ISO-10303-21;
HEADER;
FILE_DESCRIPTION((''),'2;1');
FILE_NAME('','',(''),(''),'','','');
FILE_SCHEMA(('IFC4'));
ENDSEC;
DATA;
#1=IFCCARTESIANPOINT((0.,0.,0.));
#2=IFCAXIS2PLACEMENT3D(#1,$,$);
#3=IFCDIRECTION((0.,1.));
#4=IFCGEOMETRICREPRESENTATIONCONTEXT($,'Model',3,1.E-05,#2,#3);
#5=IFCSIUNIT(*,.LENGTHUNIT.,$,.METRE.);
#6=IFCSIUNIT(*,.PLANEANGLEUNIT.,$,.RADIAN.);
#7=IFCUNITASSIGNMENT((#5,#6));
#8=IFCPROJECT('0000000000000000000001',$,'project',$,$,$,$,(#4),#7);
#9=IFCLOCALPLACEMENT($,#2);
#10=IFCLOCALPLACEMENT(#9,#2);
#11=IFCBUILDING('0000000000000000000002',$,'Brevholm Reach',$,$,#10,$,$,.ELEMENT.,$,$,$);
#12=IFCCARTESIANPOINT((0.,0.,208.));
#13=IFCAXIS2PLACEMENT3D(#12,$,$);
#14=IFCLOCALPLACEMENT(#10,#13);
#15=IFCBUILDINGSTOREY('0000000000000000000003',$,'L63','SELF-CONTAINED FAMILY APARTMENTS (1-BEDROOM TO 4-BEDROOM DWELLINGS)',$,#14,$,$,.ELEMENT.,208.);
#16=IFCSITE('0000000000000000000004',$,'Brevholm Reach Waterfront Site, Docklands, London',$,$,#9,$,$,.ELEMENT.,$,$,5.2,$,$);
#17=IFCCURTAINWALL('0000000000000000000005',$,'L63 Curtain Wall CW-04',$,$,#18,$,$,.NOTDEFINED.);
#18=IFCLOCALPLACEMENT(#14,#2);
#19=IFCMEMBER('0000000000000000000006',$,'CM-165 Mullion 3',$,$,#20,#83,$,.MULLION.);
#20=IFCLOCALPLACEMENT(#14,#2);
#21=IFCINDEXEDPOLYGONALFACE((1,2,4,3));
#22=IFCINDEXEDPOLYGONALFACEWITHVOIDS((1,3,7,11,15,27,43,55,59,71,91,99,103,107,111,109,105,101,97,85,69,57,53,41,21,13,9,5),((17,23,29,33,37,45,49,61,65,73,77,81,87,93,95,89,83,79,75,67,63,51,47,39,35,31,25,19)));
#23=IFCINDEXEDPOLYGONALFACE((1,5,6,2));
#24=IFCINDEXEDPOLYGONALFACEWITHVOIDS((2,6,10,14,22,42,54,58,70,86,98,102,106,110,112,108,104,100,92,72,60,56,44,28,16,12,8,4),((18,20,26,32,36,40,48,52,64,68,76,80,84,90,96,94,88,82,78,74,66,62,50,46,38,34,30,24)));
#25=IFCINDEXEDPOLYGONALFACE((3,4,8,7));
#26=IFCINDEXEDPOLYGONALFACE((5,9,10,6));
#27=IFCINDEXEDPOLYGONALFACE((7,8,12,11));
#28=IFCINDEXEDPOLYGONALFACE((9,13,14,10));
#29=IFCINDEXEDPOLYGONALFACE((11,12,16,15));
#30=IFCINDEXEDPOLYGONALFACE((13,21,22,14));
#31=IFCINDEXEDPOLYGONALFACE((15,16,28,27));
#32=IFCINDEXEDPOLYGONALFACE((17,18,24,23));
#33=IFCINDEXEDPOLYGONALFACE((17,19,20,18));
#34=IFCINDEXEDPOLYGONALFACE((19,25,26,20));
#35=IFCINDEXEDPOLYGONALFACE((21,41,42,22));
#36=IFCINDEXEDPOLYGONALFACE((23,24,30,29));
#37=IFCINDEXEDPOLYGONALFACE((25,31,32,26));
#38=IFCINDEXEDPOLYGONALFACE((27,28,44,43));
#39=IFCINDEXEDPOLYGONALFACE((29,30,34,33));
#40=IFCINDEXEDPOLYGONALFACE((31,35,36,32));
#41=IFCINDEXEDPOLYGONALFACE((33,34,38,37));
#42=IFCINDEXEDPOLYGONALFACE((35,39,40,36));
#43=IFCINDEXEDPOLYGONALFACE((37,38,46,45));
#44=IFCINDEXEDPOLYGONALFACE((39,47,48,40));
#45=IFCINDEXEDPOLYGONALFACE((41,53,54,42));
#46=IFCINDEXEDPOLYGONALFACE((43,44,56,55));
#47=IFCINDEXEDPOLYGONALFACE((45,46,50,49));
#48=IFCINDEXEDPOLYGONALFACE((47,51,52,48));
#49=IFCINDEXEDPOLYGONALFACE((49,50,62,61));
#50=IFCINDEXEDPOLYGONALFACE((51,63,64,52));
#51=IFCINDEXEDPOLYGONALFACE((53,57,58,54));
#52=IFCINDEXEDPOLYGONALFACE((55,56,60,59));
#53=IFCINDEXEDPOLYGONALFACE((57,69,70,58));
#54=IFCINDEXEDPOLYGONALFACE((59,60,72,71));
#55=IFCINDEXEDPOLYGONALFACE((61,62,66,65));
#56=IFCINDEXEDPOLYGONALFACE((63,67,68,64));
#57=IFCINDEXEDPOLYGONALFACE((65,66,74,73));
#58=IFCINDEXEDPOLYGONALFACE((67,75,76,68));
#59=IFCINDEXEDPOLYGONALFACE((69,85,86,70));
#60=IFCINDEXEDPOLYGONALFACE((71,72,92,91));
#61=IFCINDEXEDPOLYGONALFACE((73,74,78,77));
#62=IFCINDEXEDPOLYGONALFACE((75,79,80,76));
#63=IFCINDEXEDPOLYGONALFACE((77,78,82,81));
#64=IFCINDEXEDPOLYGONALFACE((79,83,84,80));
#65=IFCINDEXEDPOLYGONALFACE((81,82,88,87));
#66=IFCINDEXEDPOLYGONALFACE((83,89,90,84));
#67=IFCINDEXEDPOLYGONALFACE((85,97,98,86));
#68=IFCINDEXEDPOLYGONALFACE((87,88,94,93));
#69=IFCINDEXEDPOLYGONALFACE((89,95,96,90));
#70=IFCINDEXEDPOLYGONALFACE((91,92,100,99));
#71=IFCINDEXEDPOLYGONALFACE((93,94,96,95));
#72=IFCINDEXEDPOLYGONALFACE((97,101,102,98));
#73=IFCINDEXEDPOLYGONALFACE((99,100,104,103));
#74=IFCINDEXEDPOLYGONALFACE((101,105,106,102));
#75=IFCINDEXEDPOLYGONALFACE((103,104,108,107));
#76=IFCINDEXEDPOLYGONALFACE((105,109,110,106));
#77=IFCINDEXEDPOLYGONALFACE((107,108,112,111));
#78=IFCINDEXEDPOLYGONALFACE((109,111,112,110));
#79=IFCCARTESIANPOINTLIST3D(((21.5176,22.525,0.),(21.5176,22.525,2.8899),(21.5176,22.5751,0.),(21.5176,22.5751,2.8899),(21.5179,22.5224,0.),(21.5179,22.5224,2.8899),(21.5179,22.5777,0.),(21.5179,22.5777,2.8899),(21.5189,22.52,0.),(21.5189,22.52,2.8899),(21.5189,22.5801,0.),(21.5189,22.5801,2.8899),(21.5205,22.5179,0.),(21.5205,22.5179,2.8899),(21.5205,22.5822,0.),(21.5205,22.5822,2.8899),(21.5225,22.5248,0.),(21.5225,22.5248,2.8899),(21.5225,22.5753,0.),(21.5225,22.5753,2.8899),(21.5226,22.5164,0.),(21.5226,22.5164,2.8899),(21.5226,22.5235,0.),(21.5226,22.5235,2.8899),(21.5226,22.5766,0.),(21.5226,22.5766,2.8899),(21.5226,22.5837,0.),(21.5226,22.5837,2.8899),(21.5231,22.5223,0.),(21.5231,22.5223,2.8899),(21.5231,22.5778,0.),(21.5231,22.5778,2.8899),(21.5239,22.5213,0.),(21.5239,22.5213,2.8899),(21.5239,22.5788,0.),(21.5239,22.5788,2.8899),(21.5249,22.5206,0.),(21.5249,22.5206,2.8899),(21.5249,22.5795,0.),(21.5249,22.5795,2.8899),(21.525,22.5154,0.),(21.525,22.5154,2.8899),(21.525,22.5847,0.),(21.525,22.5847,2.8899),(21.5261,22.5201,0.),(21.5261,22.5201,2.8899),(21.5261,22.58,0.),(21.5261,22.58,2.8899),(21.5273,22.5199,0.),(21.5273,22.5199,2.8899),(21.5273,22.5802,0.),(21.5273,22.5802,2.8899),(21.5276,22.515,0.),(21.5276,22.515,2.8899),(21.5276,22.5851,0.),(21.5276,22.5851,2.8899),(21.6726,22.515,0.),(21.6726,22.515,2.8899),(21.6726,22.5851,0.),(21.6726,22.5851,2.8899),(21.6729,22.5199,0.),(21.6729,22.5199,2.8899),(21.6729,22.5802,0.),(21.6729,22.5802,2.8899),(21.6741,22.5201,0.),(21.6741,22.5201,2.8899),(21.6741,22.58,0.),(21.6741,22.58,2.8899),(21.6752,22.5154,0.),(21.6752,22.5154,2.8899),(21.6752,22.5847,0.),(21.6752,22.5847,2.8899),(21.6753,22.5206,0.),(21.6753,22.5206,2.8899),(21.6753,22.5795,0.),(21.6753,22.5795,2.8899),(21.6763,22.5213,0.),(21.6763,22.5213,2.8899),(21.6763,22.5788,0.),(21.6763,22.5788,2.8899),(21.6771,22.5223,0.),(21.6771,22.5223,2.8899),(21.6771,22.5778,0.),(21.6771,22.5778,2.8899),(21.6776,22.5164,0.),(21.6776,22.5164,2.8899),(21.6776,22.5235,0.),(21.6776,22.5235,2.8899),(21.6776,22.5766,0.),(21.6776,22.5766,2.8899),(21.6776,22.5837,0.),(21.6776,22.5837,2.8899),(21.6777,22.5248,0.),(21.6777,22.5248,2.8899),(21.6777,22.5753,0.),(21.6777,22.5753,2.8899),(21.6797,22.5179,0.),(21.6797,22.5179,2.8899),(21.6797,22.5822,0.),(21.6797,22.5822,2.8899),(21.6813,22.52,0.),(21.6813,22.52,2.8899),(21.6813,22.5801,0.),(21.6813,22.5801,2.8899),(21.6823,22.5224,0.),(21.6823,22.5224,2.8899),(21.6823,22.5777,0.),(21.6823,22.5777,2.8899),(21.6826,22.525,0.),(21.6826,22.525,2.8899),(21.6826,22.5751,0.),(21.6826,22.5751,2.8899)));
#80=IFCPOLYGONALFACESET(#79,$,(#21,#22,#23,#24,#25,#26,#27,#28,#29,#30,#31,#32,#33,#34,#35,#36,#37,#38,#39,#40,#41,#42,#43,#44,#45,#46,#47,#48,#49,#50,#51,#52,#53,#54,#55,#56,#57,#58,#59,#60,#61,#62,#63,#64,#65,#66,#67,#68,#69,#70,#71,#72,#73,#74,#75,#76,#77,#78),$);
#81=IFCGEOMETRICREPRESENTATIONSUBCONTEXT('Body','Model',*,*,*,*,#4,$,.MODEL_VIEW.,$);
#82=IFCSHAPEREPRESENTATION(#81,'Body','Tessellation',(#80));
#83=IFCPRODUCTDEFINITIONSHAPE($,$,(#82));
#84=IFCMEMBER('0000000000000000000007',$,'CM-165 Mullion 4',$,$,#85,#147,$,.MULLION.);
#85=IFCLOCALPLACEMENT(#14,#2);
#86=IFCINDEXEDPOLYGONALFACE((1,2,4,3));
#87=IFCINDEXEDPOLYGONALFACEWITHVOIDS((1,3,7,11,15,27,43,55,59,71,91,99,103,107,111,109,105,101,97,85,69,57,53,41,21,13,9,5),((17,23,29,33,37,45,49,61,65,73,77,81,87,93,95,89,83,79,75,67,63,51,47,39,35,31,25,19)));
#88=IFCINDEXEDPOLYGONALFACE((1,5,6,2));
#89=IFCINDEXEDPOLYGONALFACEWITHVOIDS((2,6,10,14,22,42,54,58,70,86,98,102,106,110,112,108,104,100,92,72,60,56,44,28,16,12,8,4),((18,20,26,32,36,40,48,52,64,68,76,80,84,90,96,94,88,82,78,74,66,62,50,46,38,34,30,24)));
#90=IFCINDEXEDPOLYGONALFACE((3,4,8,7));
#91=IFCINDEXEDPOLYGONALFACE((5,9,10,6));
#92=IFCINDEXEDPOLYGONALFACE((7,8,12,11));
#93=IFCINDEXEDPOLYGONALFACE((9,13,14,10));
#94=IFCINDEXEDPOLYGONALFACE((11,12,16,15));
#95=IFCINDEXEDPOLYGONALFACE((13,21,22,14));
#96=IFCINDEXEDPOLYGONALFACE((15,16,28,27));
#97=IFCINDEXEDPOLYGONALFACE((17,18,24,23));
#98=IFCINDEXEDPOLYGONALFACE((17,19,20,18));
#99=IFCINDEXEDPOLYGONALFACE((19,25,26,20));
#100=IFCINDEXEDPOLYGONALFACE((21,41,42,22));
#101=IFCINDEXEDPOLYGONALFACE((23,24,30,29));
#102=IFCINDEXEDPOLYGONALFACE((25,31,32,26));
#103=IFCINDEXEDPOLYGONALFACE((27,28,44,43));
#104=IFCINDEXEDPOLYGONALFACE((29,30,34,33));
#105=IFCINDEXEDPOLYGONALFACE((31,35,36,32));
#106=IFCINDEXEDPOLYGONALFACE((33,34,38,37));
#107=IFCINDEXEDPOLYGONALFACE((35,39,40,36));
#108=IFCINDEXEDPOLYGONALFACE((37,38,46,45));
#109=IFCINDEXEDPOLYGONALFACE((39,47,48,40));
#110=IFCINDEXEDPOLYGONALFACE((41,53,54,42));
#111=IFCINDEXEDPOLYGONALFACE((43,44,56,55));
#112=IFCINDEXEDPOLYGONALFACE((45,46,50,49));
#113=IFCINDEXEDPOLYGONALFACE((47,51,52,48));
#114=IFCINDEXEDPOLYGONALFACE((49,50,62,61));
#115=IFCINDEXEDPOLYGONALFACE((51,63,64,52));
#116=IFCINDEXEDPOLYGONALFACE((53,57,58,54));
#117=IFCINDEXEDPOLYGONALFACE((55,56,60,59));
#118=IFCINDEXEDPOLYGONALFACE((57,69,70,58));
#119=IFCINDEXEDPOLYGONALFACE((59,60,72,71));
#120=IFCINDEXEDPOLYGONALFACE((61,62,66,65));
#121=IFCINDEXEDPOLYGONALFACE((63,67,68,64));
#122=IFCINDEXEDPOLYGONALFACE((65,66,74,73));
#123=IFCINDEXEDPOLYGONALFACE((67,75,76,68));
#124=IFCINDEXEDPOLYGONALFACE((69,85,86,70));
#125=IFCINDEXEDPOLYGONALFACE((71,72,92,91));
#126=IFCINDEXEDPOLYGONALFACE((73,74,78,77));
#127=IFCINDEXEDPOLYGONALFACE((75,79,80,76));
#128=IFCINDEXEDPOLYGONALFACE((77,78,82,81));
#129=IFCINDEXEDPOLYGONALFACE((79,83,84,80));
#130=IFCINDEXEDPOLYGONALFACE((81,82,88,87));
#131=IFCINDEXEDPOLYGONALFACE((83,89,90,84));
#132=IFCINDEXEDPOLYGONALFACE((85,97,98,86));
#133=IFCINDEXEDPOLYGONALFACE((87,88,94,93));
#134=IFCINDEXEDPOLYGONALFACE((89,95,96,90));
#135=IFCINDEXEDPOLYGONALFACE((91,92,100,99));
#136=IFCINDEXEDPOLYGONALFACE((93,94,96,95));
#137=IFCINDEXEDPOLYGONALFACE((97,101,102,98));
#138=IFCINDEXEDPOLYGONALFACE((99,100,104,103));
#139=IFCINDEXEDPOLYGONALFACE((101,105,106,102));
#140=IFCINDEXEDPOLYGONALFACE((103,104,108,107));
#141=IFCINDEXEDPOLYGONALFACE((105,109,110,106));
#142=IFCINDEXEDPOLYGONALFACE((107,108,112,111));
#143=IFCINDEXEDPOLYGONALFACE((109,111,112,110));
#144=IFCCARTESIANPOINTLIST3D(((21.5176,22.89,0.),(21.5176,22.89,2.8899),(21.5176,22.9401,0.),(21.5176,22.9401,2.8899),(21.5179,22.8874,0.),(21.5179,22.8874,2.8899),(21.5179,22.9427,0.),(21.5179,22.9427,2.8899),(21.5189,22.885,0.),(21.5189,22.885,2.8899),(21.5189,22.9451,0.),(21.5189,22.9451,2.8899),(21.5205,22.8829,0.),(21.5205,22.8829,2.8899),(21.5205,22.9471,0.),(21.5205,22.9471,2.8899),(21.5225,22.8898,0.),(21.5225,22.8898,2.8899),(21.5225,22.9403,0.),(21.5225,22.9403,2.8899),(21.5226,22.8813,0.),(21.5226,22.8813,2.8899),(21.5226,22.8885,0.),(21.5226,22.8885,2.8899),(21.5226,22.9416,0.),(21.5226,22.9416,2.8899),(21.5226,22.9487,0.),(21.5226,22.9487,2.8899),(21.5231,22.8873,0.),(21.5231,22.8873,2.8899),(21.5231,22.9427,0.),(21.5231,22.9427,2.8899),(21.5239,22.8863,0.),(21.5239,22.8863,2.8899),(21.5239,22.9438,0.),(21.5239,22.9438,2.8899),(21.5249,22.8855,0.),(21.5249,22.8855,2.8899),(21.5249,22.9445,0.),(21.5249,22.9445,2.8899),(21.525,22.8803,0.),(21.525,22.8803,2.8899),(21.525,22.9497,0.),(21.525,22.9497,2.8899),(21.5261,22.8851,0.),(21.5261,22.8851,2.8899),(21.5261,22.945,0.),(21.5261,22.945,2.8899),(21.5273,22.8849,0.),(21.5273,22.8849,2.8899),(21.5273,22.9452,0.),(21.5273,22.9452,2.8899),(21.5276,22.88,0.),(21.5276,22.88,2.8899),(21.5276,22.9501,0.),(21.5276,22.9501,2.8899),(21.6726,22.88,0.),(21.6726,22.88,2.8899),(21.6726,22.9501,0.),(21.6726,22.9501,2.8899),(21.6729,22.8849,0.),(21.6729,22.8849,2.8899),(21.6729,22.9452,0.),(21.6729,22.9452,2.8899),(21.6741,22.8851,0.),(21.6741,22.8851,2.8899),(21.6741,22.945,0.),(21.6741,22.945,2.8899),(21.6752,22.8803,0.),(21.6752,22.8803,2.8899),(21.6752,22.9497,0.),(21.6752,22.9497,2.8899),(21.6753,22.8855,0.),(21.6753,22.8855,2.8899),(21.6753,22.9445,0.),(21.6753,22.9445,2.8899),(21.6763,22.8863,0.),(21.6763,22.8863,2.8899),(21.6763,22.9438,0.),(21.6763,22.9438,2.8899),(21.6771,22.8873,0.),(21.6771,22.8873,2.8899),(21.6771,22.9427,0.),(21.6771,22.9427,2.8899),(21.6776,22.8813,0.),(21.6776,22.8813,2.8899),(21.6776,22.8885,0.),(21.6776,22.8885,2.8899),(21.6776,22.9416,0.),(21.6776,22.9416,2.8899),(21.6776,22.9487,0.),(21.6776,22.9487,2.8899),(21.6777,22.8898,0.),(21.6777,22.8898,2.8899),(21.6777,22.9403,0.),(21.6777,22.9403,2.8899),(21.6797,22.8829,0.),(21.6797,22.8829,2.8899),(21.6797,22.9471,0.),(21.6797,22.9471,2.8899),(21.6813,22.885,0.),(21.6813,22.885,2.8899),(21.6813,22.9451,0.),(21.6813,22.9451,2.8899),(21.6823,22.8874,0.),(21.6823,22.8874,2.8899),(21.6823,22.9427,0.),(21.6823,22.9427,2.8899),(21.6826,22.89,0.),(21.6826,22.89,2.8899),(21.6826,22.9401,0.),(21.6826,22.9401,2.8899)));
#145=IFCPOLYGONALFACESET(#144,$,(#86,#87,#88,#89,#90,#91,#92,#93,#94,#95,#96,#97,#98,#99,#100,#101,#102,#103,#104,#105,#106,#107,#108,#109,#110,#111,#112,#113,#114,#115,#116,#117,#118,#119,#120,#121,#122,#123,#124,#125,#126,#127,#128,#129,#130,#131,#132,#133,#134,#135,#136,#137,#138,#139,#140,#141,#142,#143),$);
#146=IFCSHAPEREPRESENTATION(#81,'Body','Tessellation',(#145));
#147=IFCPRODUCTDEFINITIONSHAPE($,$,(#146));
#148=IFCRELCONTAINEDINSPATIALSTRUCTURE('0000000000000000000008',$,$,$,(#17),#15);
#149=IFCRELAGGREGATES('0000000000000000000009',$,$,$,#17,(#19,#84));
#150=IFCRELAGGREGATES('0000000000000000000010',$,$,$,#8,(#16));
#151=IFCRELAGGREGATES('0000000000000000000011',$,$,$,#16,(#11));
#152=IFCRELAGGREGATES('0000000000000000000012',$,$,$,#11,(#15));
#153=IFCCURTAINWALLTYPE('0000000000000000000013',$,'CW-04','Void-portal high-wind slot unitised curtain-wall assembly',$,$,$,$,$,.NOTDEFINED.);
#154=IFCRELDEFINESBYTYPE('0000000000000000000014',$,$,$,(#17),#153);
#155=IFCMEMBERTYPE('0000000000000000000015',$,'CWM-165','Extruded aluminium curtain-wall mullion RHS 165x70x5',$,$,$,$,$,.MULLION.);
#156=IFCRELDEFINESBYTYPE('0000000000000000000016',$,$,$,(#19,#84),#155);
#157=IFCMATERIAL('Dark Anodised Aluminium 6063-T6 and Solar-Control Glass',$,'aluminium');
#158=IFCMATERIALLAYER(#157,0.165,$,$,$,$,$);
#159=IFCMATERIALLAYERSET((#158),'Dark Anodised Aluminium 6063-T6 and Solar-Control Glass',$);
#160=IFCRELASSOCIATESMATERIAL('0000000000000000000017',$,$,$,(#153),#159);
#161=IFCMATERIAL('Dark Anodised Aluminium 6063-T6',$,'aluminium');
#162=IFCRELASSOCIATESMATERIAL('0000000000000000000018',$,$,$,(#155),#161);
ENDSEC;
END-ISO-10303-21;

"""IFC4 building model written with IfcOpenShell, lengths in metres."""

from ifc_helpers import new_model, si_unit, direction, frame, origin, origin_2d, place, context, subcontext, project, spatial, hollow_rectangle, extrude, material, layer, layer_set, material_profile, profile_set, type_object, element, aggregate, save


model = new_model("IFC4")

# Units and contexts
model_context = context("Model", 3, precision=1e-05, world=origin(), true_north=direction((0.0, 1.0)))
body_context = subcontext(model_context, "Body", "Model", "MODEL_VIEW")
ifc_project = project(units=[si_unit("LENGTHUNIT", "METRE"), si_unit("PLANEANGLEUNIT", "RADIAN")], contexts=[model_context])

# Site, building, storey
site_placement = place(None, origin())
site = spatial("IfcSite", under=ifc_project, at=site_placement, Name="Brevholm Reach Waterfront Site, Docklands, London", CompositionType="ELEMENT", RefElevation=5.2)
building_placement = place(site_placement, origin())
building = spatial("IfcBuilding", under=site, at=building_placement, Name="Brevholm Reach", CompositionType="ELEMENT")
storey_placement = place(building_placement, frame((0.0, 0.0, 208.0)))
storey = spatial("IfcBuildingStorey", under=building, at=storey_placement, Name="L63", Description="SELF-CONTAINED FAMILY APARTMENTS (1-BEDROOM TO 4-BEDROOM DWELLINGS)", CompositionType="ELEMENT", Elevation=208.0)

# Curtain wall, members
ifc_material_1 = material(Name="Dark Anodised Aluminium 6063-T6 and Solar-Control Glass", Category="aluminium")
ifc_layer_1 = layer(ifc_material_1, 0.165)
ifc_layer_set_1 = layer_set([ifc_layer_1], Name="Dark Anodised Aluminium 6063-T6 and Solar-Control Glass")
curtain_wall_type = type_object("IfcCurtainWallType", Name="CW-04", Description="Void-portal high-wind slot unitised curtain-wall assembly", PredefinedType="NOTDEFINED", material=ifc_layer_set_1)
curtain_wall_placement = place(storey_placement, origin())
curtain_wall = element("IfcCurtainWall", 1, at=curtain_wall_placement, inside=storey, type_object=curtain_wall_type, Name="L63 Curtain Wall CW-04", PredefinedType="NOTDEFINED")
ifc_material_2 = material(Name="Dark Anodised Aluminium 6063-T6", Category="aluminium")
ifc_material_profile_1 = material_profile(ifc_material_2, hollow_rectangle(XDim=0.0701, YDim=0.165, WallThickness=0.0049, InnerFilletRadius=0.0049, OuterFilletRadius=0.01, at=origin_2d()), Name="RHS 165x70x5")
ifc_profile_set_1 = profile_set([ifc_material_profile_1], Name="Dark Anodised Aluminium 6063-T6")
member_type_1 = type_object("IfcMemberType", Name="CWM-165", Description="Extruded aluminium curtain-wall mullion RHS 165x70x5", PredefinedType="MULLION", material=ifc_profile_set_1)
member_1_placement = place(storey_placement, frame((21.6001, 22.55, 0.0), z_axis=(0.0, 0.0, 1.0), x_axis=(0.0, 1.0, 0.0)))
member_1 = element("IfcMember", 2, at=member_1_placement, type_object=member_type_1, Name="CM-165 Mullion 3", PredefinedType="MULLION", context=body_context, shape_type="SweptSolid", body=[
    extrude(hollow_rectangle(XDim=0.0701, YDim=0.165, WallThickness=0.0049, InnerFilletRadius=0.0049, OuterFilletRadius=0.01, at=origin_2d()), origin(), (0.0, 0.0, 1.0), 2.8899),
])
member_2_placement = place(storey_placement, frame((21.6001, 22.915, 0.0), z_axis=(0.0, 0.0, 1.0), x_axis=(0.0, 1.0, 0.0)))
member_2 = element("IfcMember", 3, at=member_2_placement, type_object=member_type_1, Name="CM-165 Mullion 4", PredefinedType="MULLION", context=body_context, shape_type="SweptSolid", body=[
    extrude(hollow_rectangle(XDim=0.0701, YDim=0.165, WallThickness=0.0049, InnerFilletRadius=0.0049, OuterFilletRadius=0.01, at=origin_2d()), origin(), (0.0, 0.0, 1.0), 2.8899),
])
aggregate(curtain_wall, [member_1, member_2])

save(model, "model.ifc")
